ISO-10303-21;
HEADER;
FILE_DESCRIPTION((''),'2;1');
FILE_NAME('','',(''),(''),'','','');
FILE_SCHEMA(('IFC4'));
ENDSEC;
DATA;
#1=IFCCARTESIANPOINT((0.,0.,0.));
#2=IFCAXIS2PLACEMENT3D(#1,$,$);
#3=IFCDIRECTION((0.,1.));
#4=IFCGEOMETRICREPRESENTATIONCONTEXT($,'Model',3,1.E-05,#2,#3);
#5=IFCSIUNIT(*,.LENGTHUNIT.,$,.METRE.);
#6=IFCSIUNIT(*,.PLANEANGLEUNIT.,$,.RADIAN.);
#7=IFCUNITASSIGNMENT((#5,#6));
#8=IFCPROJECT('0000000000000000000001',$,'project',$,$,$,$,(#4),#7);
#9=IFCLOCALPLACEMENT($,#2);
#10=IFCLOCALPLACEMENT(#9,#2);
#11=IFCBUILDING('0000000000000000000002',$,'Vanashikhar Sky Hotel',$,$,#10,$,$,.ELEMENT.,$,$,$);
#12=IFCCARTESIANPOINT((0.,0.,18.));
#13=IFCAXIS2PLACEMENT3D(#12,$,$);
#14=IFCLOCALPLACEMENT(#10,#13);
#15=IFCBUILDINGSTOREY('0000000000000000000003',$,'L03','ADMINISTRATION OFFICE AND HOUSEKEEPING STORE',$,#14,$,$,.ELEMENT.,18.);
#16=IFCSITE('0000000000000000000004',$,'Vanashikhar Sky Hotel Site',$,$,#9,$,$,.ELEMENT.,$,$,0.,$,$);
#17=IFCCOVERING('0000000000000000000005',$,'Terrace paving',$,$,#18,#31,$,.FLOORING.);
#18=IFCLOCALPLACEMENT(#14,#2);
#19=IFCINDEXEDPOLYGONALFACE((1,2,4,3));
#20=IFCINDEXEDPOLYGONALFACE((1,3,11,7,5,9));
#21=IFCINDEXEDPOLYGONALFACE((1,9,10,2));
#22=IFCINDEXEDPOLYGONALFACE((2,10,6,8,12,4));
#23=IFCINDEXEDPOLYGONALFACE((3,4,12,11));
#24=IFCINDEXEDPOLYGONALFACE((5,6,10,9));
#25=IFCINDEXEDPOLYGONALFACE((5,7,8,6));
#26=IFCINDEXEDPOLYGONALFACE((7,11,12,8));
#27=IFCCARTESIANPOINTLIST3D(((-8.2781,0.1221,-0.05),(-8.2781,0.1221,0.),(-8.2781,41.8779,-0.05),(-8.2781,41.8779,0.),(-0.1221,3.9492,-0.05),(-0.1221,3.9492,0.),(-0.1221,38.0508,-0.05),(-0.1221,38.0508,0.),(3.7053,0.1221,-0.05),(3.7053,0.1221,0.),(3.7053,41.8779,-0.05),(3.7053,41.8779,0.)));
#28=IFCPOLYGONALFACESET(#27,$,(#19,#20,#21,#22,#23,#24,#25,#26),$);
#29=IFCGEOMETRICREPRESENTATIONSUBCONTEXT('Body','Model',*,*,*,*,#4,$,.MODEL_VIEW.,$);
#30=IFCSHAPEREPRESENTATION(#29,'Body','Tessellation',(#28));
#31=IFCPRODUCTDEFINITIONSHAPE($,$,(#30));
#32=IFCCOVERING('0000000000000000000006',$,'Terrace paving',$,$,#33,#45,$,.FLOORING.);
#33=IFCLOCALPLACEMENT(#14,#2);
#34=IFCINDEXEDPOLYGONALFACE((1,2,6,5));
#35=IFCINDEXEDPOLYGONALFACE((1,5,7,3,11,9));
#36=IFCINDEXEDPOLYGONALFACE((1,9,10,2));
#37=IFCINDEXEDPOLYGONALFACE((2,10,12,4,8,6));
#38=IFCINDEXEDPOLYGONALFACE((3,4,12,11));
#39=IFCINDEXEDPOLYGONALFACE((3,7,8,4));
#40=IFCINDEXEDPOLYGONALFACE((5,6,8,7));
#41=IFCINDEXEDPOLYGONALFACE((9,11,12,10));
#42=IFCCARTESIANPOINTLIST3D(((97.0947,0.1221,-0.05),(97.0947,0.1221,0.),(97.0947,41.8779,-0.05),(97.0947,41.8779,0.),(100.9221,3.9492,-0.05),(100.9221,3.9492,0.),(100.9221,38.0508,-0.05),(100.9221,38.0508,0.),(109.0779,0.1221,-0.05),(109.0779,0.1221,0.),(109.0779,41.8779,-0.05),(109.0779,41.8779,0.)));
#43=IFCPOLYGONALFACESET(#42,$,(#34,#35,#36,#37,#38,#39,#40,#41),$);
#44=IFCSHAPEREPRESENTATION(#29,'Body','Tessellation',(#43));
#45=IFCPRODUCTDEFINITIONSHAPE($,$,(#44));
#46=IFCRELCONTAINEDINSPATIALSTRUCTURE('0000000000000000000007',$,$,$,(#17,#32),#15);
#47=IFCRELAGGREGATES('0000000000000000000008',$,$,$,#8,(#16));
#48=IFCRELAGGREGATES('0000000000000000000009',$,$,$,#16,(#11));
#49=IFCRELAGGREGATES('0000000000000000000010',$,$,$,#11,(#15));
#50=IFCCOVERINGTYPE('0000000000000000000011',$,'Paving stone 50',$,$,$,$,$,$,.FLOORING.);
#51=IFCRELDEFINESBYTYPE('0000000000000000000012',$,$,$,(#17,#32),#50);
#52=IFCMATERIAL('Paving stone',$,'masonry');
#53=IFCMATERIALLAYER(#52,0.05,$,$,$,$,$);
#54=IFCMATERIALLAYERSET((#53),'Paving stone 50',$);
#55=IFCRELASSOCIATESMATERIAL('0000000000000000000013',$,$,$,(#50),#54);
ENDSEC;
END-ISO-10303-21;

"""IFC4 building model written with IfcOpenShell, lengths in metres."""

from ifc_helpers import new_model, si_unit, direction, frame, origin, place, context, subcontext, project, spatial, polyline, outline, extrude, source, transform, mapped, material, layer, layer_set, type_object, element, save


model = new_model("IFC4")

# Units and contexts
model_context = context("Model", 3, precision=1e-05, world=origin(), true_north=direction((0.0, 1.0)))
body_context = subcontext(model_context, "Body", "Model", "MODEL_VIEW")
ifc_project = project(units=[si_unit("LENGTHUNIT", "METRE"), si_unit("PLANEANGLEUNIT", "RADIAN")], contexts=[model_context])

# Site, building, storey
site_placement = place(None, origin())
site = spatial("IfcSite", under=ifc_project, at=site_placement, Name="Vanashikhar Sky Hotel Site", CompositionType="ELEMENT", RefElevation=0.0)
building_placement = place(site_placement, origin())
building = spatial("IfcBuilding", under=site, at=building_placement, Name="Vanashikhar Sky Hotel", CompositionType="ELEMENT")
storey_placement = place(building_placement, frame((0.0, 0.0, 18.0)))
storey = spatial("IfcBuildingStorey", under=building, at=storey_placement, Name="L03", Description="ADMINISTRATION OFFICE AND HOUSEKEEPING STORE", CompositionType="ELEMENT", Elevation=18.0)

# Coverings
ifc_material_1 = material(Name="Paving stone", Category="masonry")
ifc_layer_1 = layer(ifc_material_1, 0.05)
ifc_layer_set_1 = layer_set([ifc_layer_1], Name="Paving stone 50")
covering_type = type_object("IfcCoveringType", Name="Paving stone 50", PredefinedType="FLOORING", material=ifc_layer_set_1)
shared_shape_1 = source(origin(), body_context, "Body", "SweptSolid", [
    extrude(outline(polyline([(3.7053, 0.1221), (-8.2781, 0.1221), (-8.2781, 41.8779), (3.7053, 41.8779), (-0.1221, 38.0508), (-0.1221, 3.9492), (3.7053, 0.1221)])), origin(), (0.0, 0.0, 1.0), 0.05),
])
covering_1_placement = place(storey_placement, frame((0.0, 0.0, -0.05)))
element("IfcCovering", 1, at=covering_1_placement, inside=storey, type_object=covering_type, Name="Terrace paving", PredefinedType="FLOORING", context=body_context, shape_type="MappedRepresentation", body=[
    mapped(shared_shape_1, transform((0.0, 0.0, 0.0), scale=1.0)),
])
shared_shape_2 = source(origin(), body_context, "Body", "SweptSolid", [
    extrude(outline(polyline([(97.0947, 41.8779), (109.0779, 41.8779), (109.0779, 0.1221), (97.0947, 0.1221), (100.9221, 3.9492), (100.9221, 38.0508), (97.0947, 41.8779)])), origin(), (0.0, 0.0, 1.0), 0.05),
])
covering_2_placement = place(storey_placement, frame((0.0, 0.0, -0.05)))
element("IfcCovering", 2, at=covering_2_placement, inside=storey, type_object=covering_type, Name="Terrace paving", PredefinedType="FLOORING", context=body_context, shape_type="MappedRepresentation", body=[
    mapped(shared_shape_2, transform((0.0, 0.0, 0.0), scale=1.0)),
])

save(model, "model.ifc")
